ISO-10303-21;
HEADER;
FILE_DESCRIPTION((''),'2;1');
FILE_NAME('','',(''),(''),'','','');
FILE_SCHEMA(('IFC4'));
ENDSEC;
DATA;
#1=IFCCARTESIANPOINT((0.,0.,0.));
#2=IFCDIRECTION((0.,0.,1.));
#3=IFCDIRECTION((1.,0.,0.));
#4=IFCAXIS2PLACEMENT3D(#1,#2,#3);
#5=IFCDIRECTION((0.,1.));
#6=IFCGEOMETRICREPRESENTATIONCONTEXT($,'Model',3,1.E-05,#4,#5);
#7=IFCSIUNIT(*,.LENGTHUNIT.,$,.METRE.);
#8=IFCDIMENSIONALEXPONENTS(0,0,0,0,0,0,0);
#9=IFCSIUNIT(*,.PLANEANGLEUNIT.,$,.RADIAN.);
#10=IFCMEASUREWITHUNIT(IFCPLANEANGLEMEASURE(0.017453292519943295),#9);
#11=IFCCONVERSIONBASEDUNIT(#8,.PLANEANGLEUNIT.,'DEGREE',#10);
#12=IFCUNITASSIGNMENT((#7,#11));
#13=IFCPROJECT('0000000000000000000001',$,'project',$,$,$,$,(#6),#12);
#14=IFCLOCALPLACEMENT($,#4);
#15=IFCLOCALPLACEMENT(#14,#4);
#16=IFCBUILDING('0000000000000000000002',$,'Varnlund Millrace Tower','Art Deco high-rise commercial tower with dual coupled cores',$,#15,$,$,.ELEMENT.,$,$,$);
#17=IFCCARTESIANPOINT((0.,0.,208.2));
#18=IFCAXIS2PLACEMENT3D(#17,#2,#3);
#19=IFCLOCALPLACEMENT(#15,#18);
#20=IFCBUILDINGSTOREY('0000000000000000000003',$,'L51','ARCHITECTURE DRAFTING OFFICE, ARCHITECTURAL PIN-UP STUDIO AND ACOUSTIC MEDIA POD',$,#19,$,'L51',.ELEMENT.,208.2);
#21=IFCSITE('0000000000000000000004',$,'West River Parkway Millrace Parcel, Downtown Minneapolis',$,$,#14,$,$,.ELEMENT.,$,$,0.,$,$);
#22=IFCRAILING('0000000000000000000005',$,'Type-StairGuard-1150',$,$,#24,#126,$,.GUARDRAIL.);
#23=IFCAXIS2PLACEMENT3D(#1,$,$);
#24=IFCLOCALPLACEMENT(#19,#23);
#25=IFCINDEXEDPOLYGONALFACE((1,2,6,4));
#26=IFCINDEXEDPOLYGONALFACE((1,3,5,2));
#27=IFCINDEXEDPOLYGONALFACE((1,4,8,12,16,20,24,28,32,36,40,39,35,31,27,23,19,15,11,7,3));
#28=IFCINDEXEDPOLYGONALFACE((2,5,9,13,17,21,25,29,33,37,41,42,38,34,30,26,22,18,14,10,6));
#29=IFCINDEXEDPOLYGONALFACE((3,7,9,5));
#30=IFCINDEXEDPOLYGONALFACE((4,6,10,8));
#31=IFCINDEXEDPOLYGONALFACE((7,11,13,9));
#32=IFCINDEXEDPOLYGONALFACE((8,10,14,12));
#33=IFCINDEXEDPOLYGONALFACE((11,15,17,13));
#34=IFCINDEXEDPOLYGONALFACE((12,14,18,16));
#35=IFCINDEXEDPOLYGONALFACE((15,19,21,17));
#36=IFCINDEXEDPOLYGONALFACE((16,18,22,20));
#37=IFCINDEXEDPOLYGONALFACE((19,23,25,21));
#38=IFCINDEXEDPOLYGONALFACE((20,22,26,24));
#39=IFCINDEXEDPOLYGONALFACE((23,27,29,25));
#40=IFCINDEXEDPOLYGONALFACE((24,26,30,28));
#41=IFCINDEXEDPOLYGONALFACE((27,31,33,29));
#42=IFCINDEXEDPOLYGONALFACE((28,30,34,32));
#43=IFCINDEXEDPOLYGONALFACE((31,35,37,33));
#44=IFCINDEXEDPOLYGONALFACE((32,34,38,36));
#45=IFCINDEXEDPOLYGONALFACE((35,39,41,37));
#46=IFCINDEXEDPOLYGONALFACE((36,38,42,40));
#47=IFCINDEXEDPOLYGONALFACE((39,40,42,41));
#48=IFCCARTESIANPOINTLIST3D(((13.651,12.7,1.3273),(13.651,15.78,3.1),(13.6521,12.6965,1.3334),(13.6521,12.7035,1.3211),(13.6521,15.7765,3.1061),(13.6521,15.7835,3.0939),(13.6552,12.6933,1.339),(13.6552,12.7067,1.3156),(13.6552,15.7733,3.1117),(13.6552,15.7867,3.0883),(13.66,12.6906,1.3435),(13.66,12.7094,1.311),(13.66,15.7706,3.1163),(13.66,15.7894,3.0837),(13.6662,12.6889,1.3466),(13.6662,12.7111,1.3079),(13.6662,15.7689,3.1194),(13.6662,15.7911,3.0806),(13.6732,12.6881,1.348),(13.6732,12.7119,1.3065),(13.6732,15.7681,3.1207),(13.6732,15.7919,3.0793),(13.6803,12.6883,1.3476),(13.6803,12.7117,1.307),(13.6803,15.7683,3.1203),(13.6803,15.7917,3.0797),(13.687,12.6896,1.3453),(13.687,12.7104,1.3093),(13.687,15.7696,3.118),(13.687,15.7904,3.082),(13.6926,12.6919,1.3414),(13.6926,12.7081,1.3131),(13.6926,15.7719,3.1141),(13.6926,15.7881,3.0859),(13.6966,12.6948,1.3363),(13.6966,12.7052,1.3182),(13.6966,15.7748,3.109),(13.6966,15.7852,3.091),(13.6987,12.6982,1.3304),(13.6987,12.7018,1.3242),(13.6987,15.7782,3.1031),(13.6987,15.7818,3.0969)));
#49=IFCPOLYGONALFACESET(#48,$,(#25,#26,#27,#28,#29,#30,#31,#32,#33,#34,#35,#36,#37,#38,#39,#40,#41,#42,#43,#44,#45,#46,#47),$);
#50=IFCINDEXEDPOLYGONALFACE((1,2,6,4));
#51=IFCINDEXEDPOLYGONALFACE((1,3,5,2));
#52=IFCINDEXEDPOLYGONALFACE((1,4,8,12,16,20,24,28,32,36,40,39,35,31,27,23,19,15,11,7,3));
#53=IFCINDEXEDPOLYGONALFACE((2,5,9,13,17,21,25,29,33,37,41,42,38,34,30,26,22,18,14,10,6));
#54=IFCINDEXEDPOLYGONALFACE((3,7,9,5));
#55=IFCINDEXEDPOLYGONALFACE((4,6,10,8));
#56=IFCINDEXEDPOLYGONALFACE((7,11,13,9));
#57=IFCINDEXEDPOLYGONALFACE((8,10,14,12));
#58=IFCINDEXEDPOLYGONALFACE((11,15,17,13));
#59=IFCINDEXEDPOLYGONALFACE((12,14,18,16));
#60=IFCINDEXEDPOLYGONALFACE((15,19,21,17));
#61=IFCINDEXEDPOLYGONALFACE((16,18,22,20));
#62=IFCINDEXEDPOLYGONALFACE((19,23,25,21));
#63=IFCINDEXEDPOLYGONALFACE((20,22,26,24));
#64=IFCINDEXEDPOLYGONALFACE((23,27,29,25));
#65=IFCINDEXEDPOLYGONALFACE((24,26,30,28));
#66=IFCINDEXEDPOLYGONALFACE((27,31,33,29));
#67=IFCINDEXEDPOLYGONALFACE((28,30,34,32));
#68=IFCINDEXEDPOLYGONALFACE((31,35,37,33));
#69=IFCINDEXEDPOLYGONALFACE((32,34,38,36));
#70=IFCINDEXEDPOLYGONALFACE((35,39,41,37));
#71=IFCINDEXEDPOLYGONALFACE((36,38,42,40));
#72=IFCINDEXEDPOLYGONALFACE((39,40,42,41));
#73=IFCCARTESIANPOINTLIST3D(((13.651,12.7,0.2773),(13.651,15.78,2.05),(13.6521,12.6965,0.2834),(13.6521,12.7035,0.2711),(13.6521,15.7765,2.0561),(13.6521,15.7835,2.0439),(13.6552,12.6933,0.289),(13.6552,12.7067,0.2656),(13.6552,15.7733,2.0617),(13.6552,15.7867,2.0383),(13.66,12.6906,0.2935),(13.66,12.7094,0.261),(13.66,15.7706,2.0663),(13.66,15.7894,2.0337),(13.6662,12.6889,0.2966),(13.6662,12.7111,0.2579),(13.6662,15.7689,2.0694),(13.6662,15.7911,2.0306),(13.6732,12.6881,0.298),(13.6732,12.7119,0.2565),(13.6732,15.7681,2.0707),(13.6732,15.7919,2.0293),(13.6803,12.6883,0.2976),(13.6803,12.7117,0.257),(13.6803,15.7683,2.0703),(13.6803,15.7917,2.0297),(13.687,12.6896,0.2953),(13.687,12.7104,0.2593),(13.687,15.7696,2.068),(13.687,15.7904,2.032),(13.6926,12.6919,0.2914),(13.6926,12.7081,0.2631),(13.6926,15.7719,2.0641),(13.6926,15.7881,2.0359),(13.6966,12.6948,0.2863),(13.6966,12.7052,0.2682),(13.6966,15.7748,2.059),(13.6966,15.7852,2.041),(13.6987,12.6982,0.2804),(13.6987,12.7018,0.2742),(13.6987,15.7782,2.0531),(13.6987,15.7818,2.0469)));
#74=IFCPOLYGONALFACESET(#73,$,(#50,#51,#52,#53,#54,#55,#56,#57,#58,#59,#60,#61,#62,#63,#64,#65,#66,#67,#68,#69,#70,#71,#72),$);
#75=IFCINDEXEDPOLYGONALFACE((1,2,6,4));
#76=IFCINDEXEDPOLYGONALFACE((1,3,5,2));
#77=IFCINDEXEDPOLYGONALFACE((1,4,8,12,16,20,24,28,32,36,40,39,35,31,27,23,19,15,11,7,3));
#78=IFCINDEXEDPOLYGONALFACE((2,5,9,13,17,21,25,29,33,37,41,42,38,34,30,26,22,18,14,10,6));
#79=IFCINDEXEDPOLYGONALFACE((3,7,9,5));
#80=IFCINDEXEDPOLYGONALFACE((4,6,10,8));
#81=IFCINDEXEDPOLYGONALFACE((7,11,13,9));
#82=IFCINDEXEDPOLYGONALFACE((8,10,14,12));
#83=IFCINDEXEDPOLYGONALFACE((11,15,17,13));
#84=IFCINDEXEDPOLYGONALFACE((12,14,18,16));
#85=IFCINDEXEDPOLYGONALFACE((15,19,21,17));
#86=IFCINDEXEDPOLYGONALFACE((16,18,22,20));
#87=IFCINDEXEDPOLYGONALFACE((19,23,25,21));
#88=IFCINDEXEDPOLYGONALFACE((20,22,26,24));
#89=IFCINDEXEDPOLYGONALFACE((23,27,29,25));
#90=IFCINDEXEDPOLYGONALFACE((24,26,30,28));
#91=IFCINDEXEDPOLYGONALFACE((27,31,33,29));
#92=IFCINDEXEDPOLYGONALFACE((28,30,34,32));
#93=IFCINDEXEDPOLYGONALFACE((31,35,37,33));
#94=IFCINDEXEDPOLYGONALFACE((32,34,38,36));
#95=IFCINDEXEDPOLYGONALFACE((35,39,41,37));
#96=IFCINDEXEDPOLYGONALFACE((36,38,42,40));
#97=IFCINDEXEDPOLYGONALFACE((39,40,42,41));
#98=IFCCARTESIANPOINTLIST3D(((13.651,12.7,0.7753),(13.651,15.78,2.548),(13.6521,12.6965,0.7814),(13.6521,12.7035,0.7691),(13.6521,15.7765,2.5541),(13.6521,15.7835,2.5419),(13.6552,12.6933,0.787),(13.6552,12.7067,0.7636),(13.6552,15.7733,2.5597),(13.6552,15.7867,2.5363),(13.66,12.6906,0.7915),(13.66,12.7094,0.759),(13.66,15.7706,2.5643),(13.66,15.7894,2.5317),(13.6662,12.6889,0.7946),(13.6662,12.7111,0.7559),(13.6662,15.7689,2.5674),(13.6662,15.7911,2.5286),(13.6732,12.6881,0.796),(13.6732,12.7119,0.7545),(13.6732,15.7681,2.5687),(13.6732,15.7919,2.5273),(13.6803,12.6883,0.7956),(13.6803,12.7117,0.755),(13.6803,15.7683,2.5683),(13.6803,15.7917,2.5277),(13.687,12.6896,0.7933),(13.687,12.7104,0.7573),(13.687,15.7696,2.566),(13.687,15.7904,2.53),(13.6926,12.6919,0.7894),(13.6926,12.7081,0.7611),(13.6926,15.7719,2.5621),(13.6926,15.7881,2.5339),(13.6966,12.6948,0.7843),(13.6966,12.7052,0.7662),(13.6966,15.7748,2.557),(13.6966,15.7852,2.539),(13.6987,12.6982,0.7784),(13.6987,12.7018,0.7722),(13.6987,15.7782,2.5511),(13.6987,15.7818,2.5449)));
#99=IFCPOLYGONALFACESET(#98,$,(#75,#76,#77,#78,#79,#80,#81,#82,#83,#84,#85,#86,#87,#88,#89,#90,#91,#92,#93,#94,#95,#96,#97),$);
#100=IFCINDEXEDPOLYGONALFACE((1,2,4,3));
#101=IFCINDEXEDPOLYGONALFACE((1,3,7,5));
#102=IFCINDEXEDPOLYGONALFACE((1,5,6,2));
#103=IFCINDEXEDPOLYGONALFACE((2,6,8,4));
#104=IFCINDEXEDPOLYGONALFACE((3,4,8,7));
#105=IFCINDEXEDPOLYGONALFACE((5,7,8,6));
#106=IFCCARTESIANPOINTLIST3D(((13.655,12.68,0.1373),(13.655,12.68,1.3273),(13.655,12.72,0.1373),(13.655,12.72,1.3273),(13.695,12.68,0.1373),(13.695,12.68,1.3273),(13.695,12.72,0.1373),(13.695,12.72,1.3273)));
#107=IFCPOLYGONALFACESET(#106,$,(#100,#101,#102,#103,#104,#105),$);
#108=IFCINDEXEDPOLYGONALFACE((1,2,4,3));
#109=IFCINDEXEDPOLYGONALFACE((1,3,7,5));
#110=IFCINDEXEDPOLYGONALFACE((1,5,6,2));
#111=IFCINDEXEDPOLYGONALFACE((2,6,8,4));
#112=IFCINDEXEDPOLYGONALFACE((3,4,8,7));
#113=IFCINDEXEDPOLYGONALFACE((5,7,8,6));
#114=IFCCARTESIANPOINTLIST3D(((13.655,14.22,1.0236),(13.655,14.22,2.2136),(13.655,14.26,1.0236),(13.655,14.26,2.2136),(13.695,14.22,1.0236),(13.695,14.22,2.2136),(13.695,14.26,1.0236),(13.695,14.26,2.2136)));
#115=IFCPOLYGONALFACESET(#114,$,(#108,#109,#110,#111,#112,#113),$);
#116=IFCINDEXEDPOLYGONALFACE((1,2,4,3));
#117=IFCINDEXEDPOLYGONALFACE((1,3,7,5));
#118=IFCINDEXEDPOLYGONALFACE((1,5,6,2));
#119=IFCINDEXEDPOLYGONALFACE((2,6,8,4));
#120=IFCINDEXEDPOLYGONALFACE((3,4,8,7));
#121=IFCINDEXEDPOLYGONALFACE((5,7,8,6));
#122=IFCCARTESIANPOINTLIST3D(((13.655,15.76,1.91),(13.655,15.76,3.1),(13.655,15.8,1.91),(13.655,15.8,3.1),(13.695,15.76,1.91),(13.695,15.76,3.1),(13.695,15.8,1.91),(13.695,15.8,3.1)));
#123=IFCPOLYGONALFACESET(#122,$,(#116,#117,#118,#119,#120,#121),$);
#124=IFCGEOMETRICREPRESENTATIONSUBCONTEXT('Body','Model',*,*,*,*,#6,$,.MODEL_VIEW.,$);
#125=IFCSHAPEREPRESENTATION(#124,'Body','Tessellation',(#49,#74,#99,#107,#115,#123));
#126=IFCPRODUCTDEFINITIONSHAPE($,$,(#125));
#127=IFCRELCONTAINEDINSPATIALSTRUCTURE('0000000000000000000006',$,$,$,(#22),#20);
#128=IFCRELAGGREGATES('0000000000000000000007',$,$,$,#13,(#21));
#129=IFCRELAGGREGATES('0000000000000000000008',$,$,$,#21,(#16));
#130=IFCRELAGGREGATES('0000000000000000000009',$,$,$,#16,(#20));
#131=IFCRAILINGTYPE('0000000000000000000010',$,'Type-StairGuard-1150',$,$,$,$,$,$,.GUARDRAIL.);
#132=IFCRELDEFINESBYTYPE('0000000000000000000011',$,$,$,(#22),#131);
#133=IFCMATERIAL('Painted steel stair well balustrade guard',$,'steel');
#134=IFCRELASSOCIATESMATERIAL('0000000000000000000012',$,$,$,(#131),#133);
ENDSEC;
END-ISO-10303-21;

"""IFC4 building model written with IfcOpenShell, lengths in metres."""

from ifc_helpers import new_model, entity, si_unit, converted_unit, direction, frame, origin_with_axes, origin_2d_with_axis, place, context, subcontext, project, spatial, rectangle, circle, extrude, material, type_object, element, save


model = new_model("IFC4")

# Units and contexts
model_context = context("Model", 3, precision=1e-05, world=origin_with_axes(), true_north=direction((0.0, 1.0)))
body_context = subcontext(model_context, "Body", "Model", "MODEL_VIEW")
ifc_project = project(units=[si_unit("LENGTHUNIT", "METRE"), converted_unit("PLANEANGLEUNIT", "DEGREE", entity("IfcPlaneAngleMeasure", 0.017453292519943295), si_unit("PLANEANGLEUNIT", "RADIAN"), dimensions=[0, 0, 0, 0, 0, 0, 0])], contexts=[model_context])

# Site, building, storey
site_placement = place(None, origin_with_axes())
site = spatial("IfcSite", under=ifc_project, at=site_placement, Name="West River Parkway Millrace Parcel, Downtown Minneapolis", CompositionType="ELEMENT", RefElevation=0.0)
building_placement = place(site_placement, origin_with_axes())
building = spatial("IfcBuilding", under=site, at=building_placement, Name="Varnlund Millrace Tower", Description="Art Deco high-rise commercial tower with dual coupled cores", CompositionType="ELEMENT")
storey_placement = place(building_placement, frame((0.0, 0.0, 208.2), z_axis=(0.0, 0.0, 1.0), x_axis=(1.0, 0.0, 0.0)))
storey = spatial("IfcBuildingStorey", under=building, at=storey_placement, Name="L51", Description="ARCHITECTURE DRAFTING OFFICE, ARCHITECTURAL PIN-UP STUDIO AND ACOUSTIC MEDIA POD", LongName="L51", CompositionType="ELEMENT", Elevation=208.2)

# Railing
ifc_material_1 = material(Name="Painted steel stair well balustrade guard", Category="steel")
railing_type_1 = type_object("IfcRailingType", Name="Type-StairGuard-1150", PredefinedType="GUARDRAIL", material=ifc_material_1)
railing_1_placement = place(storey_placement, frame((0.0, 0.0, -208.2), z_axis=(0.0, 0.0, 1.0), x_axis=(1.0, 0.0, 0.0)))
element("IfcRailing", 1, at=railing_1_placement, inside=storey, type_object=railing_type_1, Name="Type-StairGuard-1150", PredefinedType="GUARDRAIL", context=body_context, shape_type="SweptSolid", body=[
    extrude(circle(Radius=0.024, at=origin_2d_with_axis()), frame((13.675, 12.7, 209.5273), z_axis=(0.0, 0.866696, 0.498836), x_axis=(-1.0, 0.0, 0.0)), (0.0, 0.0, 1.0), 3.5537),
    extrude(circle(Radius=0.024, at=origin_2d_with_axis()), frame((13.675, 12.7, 208.4773), z_axis=(0.0, 0.866696, 0.498836), x_axis=(-1.0, 0.0, 0.0)), (0.0, 0.0, 1.0), 3.5537),
    extrude(circle(Radius=0.024, at=origin_2d_with_axis()), frame((13.675, 12.7, 208.9753), z_axis=(0.0, 0.866696, 0.498836), x_axis=(-1.0, 0.0, 0.0)), (0.0, 0.0, 1.0), 3.5537),
    extrude(rectangle(XDim=0.04, YDim=0.04, at=origin_2d_with_axis()), frame((13.675, 12.7, 208.3373), z_axis=(0.0, 0.0, 1.0), x_axis=(1.0, 0.0, 0.0)), (0.0, 0.0, 1.0), 1.19),
    extrude(rectangle(XDim=0.04, YDim=0.04, at=origin_2d_with_axis()), frame((13.675, 14.24, 209.2236), z_axis=(0.0, 0.0, 1.0), x_axis=(1.0, 0.0, 0.0)), (0.0, 0.0, 1.0), 1.19),
    extrude(rectangle(XDim=0.04, YDim=0.04, at=origin_2d_with_axis()), frame((13.675, 15.78, 210.11), z_axis=(0.0, 0.0, 1.0), x_axis=(1.0, 0.0, 0.0)), (0.0, 0.0, 1.0), 1.19),
])

save(model, "model.ifc")
